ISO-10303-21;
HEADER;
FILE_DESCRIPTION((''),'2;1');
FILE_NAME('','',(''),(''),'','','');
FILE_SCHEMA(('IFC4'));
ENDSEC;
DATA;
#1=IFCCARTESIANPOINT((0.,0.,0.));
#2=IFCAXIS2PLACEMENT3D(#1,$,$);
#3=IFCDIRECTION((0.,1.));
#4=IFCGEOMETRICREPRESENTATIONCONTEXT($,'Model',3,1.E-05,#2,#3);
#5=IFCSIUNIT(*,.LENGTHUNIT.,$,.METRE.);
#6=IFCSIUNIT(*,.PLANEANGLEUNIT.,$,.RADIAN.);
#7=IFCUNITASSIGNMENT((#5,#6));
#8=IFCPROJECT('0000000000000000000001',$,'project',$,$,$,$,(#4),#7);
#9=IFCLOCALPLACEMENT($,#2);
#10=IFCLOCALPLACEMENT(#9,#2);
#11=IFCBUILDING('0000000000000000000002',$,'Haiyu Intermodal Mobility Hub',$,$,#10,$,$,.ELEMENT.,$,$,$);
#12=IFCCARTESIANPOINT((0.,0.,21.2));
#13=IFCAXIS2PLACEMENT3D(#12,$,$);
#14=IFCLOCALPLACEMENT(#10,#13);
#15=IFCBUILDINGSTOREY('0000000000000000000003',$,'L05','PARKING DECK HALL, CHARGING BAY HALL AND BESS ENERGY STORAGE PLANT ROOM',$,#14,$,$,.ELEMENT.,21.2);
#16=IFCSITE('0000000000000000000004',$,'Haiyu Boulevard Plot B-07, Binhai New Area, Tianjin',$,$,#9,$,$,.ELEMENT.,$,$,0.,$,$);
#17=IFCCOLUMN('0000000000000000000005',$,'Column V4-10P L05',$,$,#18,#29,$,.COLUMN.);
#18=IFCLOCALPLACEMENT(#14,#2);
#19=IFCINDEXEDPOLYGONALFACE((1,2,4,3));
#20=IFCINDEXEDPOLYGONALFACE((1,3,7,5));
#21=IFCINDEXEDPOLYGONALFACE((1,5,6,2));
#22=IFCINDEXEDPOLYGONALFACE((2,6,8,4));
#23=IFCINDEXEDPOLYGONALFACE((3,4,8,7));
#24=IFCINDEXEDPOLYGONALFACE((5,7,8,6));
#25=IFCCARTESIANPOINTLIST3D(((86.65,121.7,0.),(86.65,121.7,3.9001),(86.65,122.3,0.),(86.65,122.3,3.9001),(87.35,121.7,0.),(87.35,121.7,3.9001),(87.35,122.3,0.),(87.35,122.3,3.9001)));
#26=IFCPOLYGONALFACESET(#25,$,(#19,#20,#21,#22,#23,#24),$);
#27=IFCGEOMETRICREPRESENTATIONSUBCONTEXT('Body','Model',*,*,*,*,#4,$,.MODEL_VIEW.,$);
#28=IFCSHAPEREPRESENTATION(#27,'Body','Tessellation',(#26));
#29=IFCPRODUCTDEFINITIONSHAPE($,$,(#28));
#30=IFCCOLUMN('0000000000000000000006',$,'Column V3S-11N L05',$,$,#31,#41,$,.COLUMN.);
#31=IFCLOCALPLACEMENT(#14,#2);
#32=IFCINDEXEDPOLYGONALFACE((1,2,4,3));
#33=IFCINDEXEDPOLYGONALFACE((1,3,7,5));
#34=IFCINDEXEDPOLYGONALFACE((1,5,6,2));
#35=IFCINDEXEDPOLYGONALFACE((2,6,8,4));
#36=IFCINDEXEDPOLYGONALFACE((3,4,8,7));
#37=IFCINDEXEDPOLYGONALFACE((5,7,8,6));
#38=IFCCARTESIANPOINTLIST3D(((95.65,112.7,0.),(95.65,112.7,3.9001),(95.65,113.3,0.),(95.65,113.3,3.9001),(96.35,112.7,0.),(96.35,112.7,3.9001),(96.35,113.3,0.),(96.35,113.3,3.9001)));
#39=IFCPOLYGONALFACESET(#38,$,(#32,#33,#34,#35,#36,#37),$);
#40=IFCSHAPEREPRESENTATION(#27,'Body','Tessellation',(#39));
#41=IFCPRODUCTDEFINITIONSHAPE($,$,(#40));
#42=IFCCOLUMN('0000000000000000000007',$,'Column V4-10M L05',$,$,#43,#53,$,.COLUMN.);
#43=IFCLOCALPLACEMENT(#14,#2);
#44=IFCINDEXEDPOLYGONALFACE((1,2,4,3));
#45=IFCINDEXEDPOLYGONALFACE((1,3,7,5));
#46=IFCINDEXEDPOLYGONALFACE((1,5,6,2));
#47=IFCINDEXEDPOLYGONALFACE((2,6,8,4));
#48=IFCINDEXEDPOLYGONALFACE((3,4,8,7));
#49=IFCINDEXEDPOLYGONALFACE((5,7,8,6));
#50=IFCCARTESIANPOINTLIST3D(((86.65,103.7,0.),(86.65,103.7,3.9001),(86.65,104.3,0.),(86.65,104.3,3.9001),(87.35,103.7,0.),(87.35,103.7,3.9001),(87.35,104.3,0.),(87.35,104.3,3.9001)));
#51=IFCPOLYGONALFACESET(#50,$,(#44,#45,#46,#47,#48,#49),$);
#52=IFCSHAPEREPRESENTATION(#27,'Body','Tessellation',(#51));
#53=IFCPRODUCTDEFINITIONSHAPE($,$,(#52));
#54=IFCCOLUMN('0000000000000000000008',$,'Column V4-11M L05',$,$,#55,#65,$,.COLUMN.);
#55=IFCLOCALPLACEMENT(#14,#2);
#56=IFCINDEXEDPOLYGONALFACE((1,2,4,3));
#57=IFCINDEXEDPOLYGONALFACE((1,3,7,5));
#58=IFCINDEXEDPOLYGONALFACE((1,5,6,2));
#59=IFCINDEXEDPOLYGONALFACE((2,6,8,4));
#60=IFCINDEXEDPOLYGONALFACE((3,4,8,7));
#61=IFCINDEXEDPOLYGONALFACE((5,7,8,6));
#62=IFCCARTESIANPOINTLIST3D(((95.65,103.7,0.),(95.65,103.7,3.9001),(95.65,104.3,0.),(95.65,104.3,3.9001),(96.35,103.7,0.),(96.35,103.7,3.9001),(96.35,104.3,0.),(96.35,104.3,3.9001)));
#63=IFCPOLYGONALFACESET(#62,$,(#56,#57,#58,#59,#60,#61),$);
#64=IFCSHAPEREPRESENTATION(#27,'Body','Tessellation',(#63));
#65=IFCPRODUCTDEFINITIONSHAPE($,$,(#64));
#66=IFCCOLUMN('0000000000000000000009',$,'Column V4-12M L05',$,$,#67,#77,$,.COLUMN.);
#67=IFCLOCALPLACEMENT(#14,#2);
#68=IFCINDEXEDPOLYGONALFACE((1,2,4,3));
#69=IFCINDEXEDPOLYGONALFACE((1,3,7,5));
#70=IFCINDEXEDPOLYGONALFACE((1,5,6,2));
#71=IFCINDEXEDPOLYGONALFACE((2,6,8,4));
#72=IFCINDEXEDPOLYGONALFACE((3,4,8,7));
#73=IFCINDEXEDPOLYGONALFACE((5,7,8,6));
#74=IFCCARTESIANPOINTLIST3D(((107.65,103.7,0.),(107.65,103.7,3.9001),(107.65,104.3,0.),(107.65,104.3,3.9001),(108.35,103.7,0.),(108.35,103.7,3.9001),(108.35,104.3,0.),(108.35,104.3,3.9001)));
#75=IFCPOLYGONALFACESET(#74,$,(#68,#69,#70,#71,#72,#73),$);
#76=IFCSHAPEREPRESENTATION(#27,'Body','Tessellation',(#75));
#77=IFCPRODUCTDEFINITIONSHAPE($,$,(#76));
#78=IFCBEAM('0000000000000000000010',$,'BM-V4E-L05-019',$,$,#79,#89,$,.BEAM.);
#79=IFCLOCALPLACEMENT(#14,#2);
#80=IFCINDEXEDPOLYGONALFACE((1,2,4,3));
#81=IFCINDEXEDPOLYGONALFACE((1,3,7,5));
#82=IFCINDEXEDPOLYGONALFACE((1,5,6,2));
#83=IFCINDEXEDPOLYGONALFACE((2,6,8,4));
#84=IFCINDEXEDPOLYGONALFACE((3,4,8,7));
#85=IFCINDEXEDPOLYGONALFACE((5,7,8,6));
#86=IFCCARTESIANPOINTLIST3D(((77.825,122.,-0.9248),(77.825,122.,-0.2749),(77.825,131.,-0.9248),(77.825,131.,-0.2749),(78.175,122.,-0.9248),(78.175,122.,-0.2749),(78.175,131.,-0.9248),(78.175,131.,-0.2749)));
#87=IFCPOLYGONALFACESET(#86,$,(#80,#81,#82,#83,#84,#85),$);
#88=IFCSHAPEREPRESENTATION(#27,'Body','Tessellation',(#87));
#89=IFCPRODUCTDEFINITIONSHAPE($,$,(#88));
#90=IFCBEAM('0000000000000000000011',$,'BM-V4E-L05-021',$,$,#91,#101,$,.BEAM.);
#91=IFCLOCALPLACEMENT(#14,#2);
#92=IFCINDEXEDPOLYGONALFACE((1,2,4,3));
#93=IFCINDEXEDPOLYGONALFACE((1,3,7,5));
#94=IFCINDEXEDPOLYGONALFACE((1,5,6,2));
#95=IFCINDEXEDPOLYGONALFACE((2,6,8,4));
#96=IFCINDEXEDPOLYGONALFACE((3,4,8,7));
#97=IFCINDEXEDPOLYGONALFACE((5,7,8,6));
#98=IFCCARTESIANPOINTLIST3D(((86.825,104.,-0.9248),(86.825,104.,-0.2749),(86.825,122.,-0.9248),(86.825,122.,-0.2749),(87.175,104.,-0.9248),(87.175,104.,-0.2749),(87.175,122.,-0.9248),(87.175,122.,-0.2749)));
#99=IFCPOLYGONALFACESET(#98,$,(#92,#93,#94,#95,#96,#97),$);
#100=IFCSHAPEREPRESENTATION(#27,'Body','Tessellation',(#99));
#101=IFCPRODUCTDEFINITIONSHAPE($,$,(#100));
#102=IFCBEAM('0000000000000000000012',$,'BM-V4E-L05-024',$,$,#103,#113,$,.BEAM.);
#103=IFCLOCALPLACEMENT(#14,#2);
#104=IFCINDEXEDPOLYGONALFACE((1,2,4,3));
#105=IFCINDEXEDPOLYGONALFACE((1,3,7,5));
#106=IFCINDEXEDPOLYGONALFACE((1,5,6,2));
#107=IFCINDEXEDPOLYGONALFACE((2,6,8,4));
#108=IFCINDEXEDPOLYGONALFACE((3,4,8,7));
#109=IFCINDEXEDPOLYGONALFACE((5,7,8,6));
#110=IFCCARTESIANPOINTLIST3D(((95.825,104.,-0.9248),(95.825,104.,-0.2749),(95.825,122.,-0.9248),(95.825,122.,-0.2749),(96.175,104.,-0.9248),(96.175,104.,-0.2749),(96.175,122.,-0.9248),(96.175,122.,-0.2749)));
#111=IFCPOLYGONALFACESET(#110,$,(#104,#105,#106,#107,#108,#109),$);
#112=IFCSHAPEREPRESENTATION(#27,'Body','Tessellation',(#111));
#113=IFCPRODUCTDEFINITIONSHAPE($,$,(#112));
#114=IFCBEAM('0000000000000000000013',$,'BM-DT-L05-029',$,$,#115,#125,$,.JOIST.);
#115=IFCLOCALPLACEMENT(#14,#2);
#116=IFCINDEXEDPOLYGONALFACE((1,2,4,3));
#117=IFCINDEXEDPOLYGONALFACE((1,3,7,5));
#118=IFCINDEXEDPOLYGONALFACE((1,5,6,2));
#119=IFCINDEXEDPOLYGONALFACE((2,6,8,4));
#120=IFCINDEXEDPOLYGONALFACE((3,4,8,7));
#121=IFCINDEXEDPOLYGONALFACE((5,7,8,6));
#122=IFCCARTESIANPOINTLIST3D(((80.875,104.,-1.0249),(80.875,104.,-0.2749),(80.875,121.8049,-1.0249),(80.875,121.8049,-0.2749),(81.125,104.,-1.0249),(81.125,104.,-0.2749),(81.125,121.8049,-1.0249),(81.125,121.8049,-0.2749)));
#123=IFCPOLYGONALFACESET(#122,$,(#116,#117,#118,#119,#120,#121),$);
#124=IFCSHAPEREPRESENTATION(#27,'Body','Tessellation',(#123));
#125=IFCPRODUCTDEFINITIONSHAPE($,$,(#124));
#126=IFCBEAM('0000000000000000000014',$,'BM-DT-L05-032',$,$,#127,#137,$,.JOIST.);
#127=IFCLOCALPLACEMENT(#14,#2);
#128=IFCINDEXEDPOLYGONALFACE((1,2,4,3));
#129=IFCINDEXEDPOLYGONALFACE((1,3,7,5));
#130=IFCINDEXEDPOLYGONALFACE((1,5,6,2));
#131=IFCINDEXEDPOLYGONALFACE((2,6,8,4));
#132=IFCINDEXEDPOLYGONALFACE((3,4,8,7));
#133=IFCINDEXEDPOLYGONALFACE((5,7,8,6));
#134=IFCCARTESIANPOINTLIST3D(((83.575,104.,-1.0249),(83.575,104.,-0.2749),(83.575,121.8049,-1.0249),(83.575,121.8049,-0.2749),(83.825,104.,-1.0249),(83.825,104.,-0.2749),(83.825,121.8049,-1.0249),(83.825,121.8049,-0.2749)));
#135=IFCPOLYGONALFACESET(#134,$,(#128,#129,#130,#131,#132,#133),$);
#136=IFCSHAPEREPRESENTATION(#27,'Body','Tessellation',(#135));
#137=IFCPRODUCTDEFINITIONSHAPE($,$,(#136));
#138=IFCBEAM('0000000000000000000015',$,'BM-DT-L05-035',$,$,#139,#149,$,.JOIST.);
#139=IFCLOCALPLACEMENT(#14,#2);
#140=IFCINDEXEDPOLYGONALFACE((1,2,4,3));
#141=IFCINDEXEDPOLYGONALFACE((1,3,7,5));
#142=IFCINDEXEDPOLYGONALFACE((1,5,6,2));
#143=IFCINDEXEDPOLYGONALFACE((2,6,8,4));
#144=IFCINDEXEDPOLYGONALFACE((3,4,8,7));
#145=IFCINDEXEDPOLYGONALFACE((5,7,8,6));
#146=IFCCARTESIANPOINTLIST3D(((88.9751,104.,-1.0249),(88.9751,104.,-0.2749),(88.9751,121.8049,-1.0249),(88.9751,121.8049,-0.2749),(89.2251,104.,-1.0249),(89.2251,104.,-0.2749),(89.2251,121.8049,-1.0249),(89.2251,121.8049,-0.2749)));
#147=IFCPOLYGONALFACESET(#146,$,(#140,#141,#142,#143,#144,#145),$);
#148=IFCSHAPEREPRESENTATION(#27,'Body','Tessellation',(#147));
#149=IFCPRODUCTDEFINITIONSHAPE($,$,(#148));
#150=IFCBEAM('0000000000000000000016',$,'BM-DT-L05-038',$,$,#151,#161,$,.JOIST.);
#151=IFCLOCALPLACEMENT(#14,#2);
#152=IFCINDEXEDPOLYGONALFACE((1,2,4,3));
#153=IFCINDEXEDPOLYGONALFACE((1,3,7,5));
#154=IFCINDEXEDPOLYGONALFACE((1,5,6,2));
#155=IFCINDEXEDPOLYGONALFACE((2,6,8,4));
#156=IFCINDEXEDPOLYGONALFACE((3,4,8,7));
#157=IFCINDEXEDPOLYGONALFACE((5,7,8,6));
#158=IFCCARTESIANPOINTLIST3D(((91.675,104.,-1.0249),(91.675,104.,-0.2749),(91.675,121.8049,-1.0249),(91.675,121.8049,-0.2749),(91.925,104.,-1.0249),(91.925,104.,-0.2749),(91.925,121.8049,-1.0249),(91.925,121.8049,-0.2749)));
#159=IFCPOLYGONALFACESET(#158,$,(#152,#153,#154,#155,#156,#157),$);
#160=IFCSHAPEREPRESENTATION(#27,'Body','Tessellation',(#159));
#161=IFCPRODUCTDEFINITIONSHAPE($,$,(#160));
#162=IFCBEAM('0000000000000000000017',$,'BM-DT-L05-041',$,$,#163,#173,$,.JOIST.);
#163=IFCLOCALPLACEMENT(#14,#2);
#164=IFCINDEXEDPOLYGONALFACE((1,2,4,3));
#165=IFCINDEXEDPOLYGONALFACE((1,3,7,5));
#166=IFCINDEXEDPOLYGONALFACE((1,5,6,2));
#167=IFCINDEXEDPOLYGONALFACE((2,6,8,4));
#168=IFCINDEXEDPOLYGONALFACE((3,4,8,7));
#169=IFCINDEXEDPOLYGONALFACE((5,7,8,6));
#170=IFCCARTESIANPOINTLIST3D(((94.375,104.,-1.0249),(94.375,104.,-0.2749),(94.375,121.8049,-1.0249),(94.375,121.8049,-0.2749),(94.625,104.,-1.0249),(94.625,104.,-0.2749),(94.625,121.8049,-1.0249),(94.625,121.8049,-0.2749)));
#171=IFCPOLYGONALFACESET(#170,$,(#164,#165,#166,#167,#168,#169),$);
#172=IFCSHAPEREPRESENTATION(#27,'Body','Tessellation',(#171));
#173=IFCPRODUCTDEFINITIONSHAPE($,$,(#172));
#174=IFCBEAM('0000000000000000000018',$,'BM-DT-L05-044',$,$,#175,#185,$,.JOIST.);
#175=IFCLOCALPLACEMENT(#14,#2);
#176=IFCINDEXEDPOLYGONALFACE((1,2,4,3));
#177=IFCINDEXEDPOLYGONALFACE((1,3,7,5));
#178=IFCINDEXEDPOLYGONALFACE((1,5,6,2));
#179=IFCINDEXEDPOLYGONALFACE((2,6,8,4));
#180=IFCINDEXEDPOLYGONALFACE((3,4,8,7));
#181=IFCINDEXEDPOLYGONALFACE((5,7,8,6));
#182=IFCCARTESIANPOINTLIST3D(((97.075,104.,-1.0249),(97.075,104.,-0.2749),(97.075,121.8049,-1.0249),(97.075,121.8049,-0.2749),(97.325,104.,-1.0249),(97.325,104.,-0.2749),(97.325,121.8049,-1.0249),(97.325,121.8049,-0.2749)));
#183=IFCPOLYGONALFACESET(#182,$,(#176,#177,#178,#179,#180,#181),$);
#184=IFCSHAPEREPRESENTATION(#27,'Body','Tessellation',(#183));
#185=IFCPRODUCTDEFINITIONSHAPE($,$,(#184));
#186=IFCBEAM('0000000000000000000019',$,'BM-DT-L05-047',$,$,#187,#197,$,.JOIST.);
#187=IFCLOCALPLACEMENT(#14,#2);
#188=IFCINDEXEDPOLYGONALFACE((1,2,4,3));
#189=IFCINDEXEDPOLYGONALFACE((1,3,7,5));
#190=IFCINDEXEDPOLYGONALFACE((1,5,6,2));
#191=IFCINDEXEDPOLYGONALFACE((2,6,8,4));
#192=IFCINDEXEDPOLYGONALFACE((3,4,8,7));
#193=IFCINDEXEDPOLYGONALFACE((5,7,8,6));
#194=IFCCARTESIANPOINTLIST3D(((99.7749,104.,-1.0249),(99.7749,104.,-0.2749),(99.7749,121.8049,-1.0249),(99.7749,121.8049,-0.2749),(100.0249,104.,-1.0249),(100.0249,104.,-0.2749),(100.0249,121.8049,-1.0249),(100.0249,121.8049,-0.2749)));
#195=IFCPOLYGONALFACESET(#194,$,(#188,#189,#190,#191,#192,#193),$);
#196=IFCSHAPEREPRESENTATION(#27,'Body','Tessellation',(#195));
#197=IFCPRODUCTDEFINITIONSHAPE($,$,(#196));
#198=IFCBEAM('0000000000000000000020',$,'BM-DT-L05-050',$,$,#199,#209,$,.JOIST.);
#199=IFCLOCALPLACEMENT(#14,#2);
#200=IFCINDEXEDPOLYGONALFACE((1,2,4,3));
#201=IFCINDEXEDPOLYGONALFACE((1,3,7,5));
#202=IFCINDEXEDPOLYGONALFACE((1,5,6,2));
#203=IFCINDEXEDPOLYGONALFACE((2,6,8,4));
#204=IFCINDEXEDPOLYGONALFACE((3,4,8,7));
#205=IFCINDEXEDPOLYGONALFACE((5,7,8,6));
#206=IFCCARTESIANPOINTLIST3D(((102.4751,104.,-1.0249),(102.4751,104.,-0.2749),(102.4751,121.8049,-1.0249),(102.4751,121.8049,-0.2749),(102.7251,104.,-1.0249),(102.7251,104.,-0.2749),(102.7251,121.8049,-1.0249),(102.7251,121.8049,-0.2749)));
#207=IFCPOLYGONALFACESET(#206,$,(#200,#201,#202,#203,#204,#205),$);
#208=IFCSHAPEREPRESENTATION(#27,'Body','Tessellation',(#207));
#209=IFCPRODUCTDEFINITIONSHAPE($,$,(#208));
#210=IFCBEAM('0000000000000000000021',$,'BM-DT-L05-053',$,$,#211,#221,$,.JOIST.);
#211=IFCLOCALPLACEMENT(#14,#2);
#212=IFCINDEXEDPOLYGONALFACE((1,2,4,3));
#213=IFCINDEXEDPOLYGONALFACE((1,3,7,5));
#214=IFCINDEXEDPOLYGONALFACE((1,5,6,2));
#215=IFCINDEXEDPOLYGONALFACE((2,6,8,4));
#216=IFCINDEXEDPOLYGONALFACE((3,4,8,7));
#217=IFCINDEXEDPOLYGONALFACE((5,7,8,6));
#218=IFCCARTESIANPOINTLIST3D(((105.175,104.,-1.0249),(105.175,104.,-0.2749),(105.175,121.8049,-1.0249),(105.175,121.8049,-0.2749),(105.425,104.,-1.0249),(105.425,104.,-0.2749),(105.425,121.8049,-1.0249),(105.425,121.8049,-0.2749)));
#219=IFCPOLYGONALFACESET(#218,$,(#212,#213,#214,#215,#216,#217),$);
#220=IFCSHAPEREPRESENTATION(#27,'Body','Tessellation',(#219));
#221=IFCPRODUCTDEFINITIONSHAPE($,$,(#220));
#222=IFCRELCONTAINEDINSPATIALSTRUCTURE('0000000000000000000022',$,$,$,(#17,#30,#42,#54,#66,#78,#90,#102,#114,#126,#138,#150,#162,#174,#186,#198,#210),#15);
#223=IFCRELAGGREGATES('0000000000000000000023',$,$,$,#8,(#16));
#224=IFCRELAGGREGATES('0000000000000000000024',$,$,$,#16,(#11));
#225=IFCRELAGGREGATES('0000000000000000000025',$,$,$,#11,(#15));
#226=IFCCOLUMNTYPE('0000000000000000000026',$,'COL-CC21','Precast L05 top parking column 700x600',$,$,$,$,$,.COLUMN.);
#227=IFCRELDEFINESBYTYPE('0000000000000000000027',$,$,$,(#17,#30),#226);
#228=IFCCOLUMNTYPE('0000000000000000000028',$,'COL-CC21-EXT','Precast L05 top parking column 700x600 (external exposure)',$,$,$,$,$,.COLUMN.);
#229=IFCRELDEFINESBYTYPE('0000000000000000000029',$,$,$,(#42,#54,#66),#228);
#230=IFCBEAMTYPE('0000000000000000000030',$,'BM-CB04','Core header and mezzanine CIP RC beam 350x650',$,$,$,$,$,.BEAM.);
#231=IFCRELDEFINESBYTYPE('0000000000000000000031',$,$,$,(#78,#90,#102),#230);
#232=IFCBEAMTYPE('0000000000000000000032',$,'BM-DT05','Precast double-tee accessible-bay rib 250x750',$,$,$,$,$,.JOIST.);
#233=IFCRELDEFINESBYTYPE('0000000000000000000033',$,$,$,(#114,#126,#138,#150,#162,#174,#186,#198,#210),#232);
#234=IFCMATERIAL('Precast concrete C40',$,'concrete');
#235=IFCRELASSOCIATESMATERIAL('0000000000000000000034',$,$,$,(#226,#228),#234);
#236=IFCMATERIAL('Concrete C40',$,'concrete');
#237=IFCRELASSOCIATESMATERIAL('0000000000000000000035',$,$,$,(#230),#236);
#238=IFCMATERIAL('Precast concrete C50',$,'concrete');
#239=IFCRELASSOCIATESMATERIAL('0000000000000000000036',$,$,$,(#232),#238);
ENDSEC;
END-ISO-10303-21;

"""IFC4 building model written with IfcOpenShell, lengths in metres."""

from ifc_helpers import new_model, si_unit, direction, frame, origin, origin_2d, place, context, subcontext, project, spatial, rectangle, extrude, material, material_profile, profile_set, type_object, element, save


model = new_model("IFC4")

# Units and contexts
model_context = context("Model", 3, precision=1e-05, world=origin(), true_north=direction((0.0, 1.0)))
body_context = subcontext(model_context, "Body", "Model", "MODEL_VIEW")
ifc_project = project(units=[si_unit("LENGTHUNIT", "METRE"), si_unit("PLANEANGLEUNIT", "RADIAN")], contexts=[model_context])

# Site, building, storey
site_placement = place(None, origin())
site = spatial("IfcSite", under=ifc_project, at=site_placement, Name="Haiyu Boulevard Plot B-07, Binhai New Area, Tianjin", CompositionType="ELEMENT", RefElevation=0.0)
building_placement = place(site_placement, origin())
building = spatial("IfcBuilding", under=site, at=building_placement, Name="Haiyu Intermodal Mobility Hub", CompositionType="ELEMENT")
storey_placement = place(building_placement, frame((0.0, 0.0, 21.2)))
storey = spatial("IfcBuildingStorey", under=building, at=storey_placement, Name="L05", Description="PARKING DECK HALL, CHARGING BAY HALL AND BESS ENERGY STORAGE PLANT ROOM", CompositionType="ELEMENT", Elevation=21.2)

# Columns
ifc_material_1 = material(Name="Precast concrete C40", Category="concrete")
ifc_material_profile_1 = material_profile(ifc_material_1, rectangle(XDim=0.7, YDim=0.6001, at=origin_2d()), Name="C700x600")
ifc_profile_set_1 = profile_set([ifc_material_profile_1], Name="Precast concrete C40")
column_type_1 = type_object("IfcColumnType", Name="COL-CC21", Description="Precast L05 top parking column 700x600", PredefinedType="COLUMN", material=ifc_profile_set_1)
for number, where, z_axis, x_axis, name in (
    (1, (87.0, 122.0, 0.0), (0.0, 0.0, 1.0), (1.0, 0.0, 0.0), "Column V4-10P L05"),
    (2, (96.0, 113.0, 0.0), (0.0, 0.0, 1.0), (1.0, 0.0, 0.0), "Column V3S-11N L05"),
):
    element("IfcColumn", number, at=place(storey_placement, frame(where, z_axis=z_axis, x_axis=x_axis)), inside=storey, type_object=column_type_1, Name=name, PredefinedType="COLUMN", context=body_context, shape_type="SweptSolid", body=[
        extrude(rectangle(XDim=0.7, YDim=0.6001, at=origin_2d()), origin(), (0.0, 0.0, 1.0), 3.9001),
    ])
ifc_material_profile_2 = material_profile(ifc_material_1, rectangle(XDim=0.7, YDim=0.6001, at=origin_2d()), Name="C700x600")
ifc_profile_set_2 = profile_set([ifc_material_profile_2], Name="Precast concrete C40")
column_type_2 = type_object("IfcColumnType", Name="COL-CC21-EXT", Description="Precast L05 top parking column 700x600 (external exposure)", PredefinedType="COLUMN", material=ifc_profile_set_2)
for number, where, z_axis, x_axis, name in (
    (3, (87.0, 104.0, 0.0), (0.0, 0.0, 1.0), (1.0, 0.0, 0.0), "Column V4-10M L05"),
    (4, (96.0, 104.0, 0.0), (0.0, 0.0, 1.0), (1.0, 0.0, 0.0), "Column V4-11M L05"),
    (5, (108.0, 104.0, 0.0), (0.0, 0.0, 1.0), (1.0, 0.0, 0.0), "Column V4-12M L05"),
):
    element("IfcColumn", number, at=place(storey_placement, frame(where, z_axis=z_axis, x_axis=x_axis)), inside=storey, type_object=column_type_2, Name=name, PredefinedType="COLUMN", context=body_context, shape_type="SweptSolid", body=[
        extrude(rectangle(XDim=0.7, YDim=0.6001, at=origin_2d()), origin(), (0.0, 0.0, 1.0), 3.9001),
    ])

# Beams
ifc_material_2 = material(Name="Concrete C40", Category="concrete")
ifc_material_profile_3 = material_profile(ifc_material_2, rectangle(XDim=0.3501, YDim=0.6499, at=origin_2d()), Name="RCB350x650")
ifc_profile_set_3 = profile_set([ifc_material_profile_3], Name="Concrete C40")
beam_type_1 = type_object("IfcBeamType", Name="BM-CB04", Description="Core header and mezzanine CIP RC beam 350x650", PredefinedType="BEAM", material=ifc_profile_set_3)
beam_1_placement = place(storey_placement, frame((78.0, 122.0, -0.5999), z_axis=(0.0, 1.0, 0.0), x_axis=(-1.0, 0.0, 0.0)))
element("IfcBeam", 6, at=beam_1_placement, inside=storey, type_object=beam_type_1, Name="BM-V4E-L05-019", PredefinedType="BEAM", context=body_context, shape_type="SweptSolid", body=[
    extrude(rectangle(XDim=0.3501, YDim=0.6499, at=origin_2d()), origin(), (0.0, 0.0, 1.0), 9.0),
])
for number, where, z_axis, x_axis, name in (
    (7, (87.0, 104.0, -0.5999), (0.0, 1.0, 0.0), (-1.0, 0.0, 0.0), "BM-V4E-L05-021"),
    (8, (96.0, 104.0, -0.5999), (0.0, 1.0, 0.0), (-1.0, 0.0, 0.0), "BM-V4E-L05-024"),
):
    element("IfcBeam", number, at=place(storey_placement, frame(where, z_axis=z_axis, x_axis=x_axis)), inside=storey, type_object=beam_type_1, Name=name, PredefinedType="BEAM", context=body_context, shape_type="SweptSolid", body=[
        extrude(rectangle(XDim=0.3501, YDim=0.6499, at=origin_2d()), origin(), (0.0, 0.0, 1.0), 18.0),
    ])
ifc_material_3 = material(Name="Precast concrete C50", Category="concrete")
ifc_material_profile_4 = material_profile(ifc_material_3, rectangle(XDim=0.25, YDim=0.75, at=origin_2d()), Name="B250x750")
ifc_profile_set_4 = profile_set([ifc_material_profile_4], Name="Precast concrete C50")
beam_type_2 = type_object("IfcBeamType", Name="BM-DT05", Description="Precast double-tee accessible-bay rib 250x750", PredefinedType="JOIST", material=ifc_profile_set_4)
for number, where, z_axis, x_axis, name in (
    (9, (81.0, 104.0, -0.6499), (0.0, 1.0, 0.0), (-1.0, 0.0, 0.0), "BM-DT-L05-029"),
    (10, (83.7, 104.0, -0.6499), (0.0, 1.0, 0.0), (-1.0, 0.0, 0.0), "BM-DT-L05-032"),
    (11, (89.1001, 104.0, -0.6499), (0.0, 1.0, 0.0), (-1.0, 0.0, 0.0), "BM-DT-L05-035"),
    (12, (91.8, 104.0, -0.6499), (0.0, 1.0, 0.0), (-1.0, 0.0, 0.0), "BM-DT-L05-038"),
    (13, (94.5, 104.0, -0.6499), (0.0, 1.0, 0.0), (-1.0, 0.0, 0.0), "BM-DT-L05-041"),
    (14, (97.2, 104.0, -0.6499), (0.0, 1.0, 0.0), (-1.0, 0.0, 0.0), "BM-DT-L05-044"),
    (15, (99.8999, 104.0, -0.6499), (0.0, 1.0, 0.0), (-1.0, 0.0, 0.0), "BM-DT-L05-047"),
    (16, (102.6001, 104.0, -0.6499), (0.0, 1.0, 0.0), (-1.0, 0.0, 0.0), "BM-DT-L05-050"),
    (17, (105.3, 104.0, -0.6499), (0.0, 1.0, 0.0), (-1.0, 0.0, 0.0), "BM-DT-L05-053"),
):
    element("IfcBeam", number, at=place(storey_placement, frame(where, z_axis=z_axis, x_axis=x_axis)), inside=storey, type_object=beam_type_2, Name=name, PredefinedType="JOIST", context=body_context, shape_type="SweptSolid", body=[
        extrude(rectangle(XDim=0.25, YDim=0.75, at=origin_2d()), origin(), (0.0, 0.0, 1.0), 17.8049),
    ])

save(model, "model.ifc")
